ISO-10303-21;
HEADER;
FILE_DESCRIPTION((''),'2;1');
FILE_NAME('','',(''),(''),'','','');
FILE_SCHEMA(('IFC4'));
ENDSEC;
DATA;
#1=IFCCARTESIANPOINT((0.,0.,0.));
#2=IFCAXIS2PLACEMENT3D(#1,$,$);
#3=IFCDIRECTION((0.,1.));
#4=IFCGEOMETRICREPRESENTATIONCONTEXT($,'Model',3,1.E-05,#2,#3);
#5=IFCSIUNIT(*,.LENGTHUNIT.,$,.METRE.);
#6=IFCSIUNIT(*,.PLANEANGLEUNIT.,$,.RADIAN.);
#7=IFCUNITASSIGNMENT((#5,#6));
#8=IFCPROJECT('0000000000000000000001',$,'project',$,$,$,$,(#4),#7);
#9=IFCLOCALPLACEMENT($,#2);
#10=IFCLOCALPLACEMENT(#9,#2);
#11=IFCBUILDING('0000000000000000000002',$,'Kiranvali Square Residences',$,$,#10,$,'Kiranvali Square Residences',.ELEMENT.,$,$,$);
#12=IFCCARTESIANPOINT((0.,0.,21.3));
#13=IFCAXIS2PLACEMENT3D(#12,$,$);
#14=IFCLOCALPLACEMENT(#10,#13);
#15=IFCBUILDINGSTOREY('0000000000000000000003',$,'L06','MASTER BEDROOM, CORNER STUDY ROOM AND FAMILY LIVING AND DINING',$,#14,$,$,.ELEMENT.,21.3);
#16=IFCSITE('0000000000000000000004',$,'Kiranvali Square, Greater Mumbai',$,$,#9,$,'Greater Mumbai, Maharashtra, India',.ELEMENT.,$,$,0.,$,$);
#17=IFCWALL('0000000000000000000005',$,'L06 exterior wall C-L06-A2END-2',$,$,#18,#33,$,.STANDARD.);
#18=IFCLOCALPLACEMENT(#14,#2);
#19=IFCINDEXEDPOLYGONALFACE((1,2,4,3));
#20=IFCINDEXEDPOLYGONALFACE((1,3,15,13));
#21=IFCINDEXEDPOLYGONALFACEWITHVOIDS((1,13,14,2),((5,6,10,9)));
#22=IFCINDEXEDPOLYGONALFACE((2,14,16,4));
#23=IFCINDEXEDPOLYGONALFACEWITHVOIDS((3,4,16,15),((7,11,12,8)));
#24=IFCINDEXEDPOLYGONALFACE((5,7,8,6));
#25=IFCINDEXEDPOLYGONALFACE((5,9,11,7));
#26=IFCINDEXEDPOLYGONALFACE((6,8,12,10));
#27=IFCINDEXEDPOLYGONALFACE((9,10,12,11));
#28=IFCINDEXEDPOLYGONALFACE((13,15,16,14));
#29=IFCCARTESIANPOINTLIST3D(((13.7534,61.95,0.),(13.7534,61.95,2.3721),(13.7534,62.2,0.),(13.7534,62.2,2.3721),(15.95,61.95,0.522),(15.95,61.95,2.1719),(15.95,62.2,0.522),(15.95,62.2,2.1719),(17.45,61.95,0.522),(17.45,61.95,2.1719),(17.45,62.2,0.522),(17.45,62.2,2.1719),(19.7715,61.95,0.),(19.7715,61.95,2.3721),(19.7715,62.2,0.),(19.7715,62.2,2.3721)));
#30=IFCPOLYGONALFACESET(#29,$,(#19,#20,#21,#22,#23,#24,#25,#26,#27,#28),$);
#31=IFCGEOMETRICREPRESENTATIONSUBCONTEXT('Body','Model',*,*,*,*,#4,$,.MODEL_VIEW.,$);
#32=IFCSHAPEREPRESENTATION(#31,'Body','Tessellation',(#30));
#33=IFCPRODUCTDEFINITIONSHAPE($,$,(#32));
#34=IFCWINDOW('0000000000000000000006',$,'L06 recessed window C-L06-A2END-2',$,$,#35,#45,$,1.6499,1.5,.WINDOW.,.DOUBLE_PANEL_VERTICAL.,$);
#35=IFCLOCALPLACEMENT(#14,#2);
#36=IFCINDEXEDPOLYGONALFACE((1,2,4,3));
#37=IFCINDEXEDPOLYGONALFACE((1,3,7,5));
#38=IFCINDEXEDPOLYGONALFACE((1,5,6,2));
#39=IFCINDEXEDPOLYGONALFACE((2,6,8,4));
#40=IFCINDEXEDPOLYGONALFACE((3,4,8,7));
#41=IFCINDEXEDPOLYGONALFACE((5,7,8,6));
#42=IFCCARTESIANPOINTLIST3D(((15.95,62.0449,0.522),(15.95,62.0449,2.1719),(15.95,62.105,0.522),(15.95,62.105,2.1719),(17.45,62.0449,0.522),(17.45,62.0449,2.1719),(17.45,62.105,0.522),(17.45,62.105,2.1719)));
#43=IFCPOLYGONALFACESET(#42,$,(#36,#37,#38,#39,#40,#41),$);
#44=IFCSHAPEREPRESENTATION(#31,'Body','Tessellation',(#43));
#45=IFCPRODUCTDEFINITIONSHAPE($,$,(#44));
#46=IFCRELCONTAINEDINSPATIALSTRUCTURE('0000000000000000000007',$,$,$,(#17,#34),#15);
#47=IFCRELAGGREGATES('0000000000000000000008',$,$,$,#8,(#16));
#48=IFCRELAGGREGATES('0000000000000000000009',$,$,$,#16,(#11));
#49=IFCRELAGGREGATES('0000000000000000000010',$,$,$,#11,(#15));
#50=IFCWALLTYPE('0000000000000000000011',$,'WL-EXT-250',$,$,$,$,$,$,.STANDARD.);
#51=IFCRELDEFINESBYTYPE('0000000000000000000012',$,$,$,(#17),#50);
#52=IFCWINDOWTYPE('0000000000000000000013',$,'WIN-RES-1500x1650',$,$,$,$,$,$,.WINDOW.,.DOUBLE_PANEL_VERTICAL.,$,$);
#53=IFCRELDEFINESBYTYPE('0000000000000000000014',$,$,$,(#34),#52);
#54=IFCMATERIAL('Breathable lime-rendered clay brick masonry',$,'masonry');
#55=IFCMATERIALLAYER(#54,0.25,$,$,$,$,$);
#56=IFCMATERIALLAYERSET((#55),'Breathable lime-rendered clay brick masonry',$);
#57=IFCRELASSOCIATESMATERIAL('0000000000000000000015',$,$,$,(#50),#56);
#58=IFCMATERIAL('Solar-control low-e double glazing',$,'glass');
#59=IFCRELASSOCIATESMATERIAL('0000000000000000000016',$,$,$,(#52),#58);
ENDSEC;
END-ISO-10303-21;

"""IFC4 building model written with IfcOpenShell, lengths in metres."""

from ifc_helpers import new_model, si_unit, direction, frame, frame_2d, origin, place, context, subcontext, project, spatial, rectangle, extrude, material, layer, layer_set, type_object, element, fill, save


model = new_model("IFC4")

# Units and contexts
model_context = context("Model", 3, precision=1e-05, world=origin(), true_north=direction((0.0, 1.0)))
body_context = subcontext(model_context, "Body", "Model", "MODEL_VIEW")
ifc_project = project(units=[si_unit("LENGTHUNIT", "METRE"), si_unit("PLANEANGLEUNIT", "RADIAN")], contexts=[model_context])

# Site, building, storey
site_placement = place(None, origin())
site = spatial("IfcSite", under=ifc_project, at=site_placement, Name="Kiranvali Square, Greater Mumbai", LongName="Greater Mumbai, Maharashtra, India", CompositionType="ELEMENT", RefElevation=0.0)
building_placement = place(site_placement, origin())
building = spatial("IfcBuilding", under=site, at=building_placement, Name="Kiranvali Square Residences", LongName="Kiranvali Square Residences", CompositionType="ELEMENT")
storey_placement = place(building_placement, frame((0.0, 0.0, 21.3)))
storey = spatial("IfcBuildingStorey", under=building, at=storey_placement, Name="L06", Description="MASTER BEDROOM, CORNER STUDY ROOM AND FAMILY LIVING AND DINING", CompositionType="ELEMENT", Elevation=21.3)

# Wall, opening, window
ifc_material_1 = material(Name="Breathable lime-rendered clay brick masonry", Category="masonry")
ifc_layer = layer(ifc_material_1, 0.25)
ifc_layer_set = layer_set([ifc_layer], Name="Breathable lime-rendered clay brick masonry")
wall_type = type_object("IfcWallType", Name="WL-EXT-250", PredefinedType="STANDARD", material=ifc_layer_set)
ifc_material_2 = material(Name="Solar-control low-e double glazing", Category="glass")
window_type_1 = type_object("IfcWindowType", Name="WIN-RES-1500x1650", PartitioningType="DOUBLE_PANEL_VERTICAL", PredefinedType="WINDOW", material=ifc_material_2)
wall_1_placement = place(storey_placement, frame((19.7715, 62.075, 0.0), z_axis=(0.0, 0.0, 1.0), x_axis=(-1.0, 0.0, 0.0)))
wall_1 = element("IfcWall", 1, at=wall_1_placement, inside=storey, type_object=wall_type, Name="L06 exterior wall C-L06-A2END-2", PredefinedType="STANDARD", context=body_context, shape_type="SweptSolid", body=[
    extrude(rectangle(XDim=6.0181, YDim=0.25, at=frame_2d((3.009, 0.0))), origin(), (0.0, 0.0, 1.0), 2.3721),
])
opening_1_placement = place(wall_1_placement, frame((2.3215, 0.0, 0.522)))
opening_1 = element("IfcOpeningElement", 2, at=opening_1_placement, cuts=wall_1, PredefinedType="OPENING", context=body_context, shape_type="SweptSolid", body=[
    extrude(rectangle(XDim=1.5, YDim=1.6499, at=frame_2d((0.75, 0.825))), frame((0.0, 0.135, 0.0), z_axis=(0.0, -1.0, 0.0), x_axis=(1.0, 0.0, 0.0)), (0.0, 0.0, 1.0), 0.27),
])
window_1_placement = place(opening_1_placement, origin())
window_1 = element("IfcWindow", 3, at=window_1_placement, inside=storey, type_object=window_type_1, Name="L06 recessed window C-L06-A2END-2", OverallHeight=1.6499, OverallWidth=1.5, PartitioningType="DOUBLE_PANEL_VERTICAL", PredefinedType="WINDOW", context=body_context, shape_type="SweptSolid", body=[
    extrude(rectangle(XDim=1.5, YDim=1.6499, at=frame_2d((0.75, 0.825))), frame((0.0, 0.03, 0.0), z_axis=(0.0, -1.0, 0.0), x_axis=(1.0, 0.0, 0.0)), (0.0, 0.0, 1.0), 0.0601),
])
fill(opening_1, window_1)

save(model, "model.ifc")
